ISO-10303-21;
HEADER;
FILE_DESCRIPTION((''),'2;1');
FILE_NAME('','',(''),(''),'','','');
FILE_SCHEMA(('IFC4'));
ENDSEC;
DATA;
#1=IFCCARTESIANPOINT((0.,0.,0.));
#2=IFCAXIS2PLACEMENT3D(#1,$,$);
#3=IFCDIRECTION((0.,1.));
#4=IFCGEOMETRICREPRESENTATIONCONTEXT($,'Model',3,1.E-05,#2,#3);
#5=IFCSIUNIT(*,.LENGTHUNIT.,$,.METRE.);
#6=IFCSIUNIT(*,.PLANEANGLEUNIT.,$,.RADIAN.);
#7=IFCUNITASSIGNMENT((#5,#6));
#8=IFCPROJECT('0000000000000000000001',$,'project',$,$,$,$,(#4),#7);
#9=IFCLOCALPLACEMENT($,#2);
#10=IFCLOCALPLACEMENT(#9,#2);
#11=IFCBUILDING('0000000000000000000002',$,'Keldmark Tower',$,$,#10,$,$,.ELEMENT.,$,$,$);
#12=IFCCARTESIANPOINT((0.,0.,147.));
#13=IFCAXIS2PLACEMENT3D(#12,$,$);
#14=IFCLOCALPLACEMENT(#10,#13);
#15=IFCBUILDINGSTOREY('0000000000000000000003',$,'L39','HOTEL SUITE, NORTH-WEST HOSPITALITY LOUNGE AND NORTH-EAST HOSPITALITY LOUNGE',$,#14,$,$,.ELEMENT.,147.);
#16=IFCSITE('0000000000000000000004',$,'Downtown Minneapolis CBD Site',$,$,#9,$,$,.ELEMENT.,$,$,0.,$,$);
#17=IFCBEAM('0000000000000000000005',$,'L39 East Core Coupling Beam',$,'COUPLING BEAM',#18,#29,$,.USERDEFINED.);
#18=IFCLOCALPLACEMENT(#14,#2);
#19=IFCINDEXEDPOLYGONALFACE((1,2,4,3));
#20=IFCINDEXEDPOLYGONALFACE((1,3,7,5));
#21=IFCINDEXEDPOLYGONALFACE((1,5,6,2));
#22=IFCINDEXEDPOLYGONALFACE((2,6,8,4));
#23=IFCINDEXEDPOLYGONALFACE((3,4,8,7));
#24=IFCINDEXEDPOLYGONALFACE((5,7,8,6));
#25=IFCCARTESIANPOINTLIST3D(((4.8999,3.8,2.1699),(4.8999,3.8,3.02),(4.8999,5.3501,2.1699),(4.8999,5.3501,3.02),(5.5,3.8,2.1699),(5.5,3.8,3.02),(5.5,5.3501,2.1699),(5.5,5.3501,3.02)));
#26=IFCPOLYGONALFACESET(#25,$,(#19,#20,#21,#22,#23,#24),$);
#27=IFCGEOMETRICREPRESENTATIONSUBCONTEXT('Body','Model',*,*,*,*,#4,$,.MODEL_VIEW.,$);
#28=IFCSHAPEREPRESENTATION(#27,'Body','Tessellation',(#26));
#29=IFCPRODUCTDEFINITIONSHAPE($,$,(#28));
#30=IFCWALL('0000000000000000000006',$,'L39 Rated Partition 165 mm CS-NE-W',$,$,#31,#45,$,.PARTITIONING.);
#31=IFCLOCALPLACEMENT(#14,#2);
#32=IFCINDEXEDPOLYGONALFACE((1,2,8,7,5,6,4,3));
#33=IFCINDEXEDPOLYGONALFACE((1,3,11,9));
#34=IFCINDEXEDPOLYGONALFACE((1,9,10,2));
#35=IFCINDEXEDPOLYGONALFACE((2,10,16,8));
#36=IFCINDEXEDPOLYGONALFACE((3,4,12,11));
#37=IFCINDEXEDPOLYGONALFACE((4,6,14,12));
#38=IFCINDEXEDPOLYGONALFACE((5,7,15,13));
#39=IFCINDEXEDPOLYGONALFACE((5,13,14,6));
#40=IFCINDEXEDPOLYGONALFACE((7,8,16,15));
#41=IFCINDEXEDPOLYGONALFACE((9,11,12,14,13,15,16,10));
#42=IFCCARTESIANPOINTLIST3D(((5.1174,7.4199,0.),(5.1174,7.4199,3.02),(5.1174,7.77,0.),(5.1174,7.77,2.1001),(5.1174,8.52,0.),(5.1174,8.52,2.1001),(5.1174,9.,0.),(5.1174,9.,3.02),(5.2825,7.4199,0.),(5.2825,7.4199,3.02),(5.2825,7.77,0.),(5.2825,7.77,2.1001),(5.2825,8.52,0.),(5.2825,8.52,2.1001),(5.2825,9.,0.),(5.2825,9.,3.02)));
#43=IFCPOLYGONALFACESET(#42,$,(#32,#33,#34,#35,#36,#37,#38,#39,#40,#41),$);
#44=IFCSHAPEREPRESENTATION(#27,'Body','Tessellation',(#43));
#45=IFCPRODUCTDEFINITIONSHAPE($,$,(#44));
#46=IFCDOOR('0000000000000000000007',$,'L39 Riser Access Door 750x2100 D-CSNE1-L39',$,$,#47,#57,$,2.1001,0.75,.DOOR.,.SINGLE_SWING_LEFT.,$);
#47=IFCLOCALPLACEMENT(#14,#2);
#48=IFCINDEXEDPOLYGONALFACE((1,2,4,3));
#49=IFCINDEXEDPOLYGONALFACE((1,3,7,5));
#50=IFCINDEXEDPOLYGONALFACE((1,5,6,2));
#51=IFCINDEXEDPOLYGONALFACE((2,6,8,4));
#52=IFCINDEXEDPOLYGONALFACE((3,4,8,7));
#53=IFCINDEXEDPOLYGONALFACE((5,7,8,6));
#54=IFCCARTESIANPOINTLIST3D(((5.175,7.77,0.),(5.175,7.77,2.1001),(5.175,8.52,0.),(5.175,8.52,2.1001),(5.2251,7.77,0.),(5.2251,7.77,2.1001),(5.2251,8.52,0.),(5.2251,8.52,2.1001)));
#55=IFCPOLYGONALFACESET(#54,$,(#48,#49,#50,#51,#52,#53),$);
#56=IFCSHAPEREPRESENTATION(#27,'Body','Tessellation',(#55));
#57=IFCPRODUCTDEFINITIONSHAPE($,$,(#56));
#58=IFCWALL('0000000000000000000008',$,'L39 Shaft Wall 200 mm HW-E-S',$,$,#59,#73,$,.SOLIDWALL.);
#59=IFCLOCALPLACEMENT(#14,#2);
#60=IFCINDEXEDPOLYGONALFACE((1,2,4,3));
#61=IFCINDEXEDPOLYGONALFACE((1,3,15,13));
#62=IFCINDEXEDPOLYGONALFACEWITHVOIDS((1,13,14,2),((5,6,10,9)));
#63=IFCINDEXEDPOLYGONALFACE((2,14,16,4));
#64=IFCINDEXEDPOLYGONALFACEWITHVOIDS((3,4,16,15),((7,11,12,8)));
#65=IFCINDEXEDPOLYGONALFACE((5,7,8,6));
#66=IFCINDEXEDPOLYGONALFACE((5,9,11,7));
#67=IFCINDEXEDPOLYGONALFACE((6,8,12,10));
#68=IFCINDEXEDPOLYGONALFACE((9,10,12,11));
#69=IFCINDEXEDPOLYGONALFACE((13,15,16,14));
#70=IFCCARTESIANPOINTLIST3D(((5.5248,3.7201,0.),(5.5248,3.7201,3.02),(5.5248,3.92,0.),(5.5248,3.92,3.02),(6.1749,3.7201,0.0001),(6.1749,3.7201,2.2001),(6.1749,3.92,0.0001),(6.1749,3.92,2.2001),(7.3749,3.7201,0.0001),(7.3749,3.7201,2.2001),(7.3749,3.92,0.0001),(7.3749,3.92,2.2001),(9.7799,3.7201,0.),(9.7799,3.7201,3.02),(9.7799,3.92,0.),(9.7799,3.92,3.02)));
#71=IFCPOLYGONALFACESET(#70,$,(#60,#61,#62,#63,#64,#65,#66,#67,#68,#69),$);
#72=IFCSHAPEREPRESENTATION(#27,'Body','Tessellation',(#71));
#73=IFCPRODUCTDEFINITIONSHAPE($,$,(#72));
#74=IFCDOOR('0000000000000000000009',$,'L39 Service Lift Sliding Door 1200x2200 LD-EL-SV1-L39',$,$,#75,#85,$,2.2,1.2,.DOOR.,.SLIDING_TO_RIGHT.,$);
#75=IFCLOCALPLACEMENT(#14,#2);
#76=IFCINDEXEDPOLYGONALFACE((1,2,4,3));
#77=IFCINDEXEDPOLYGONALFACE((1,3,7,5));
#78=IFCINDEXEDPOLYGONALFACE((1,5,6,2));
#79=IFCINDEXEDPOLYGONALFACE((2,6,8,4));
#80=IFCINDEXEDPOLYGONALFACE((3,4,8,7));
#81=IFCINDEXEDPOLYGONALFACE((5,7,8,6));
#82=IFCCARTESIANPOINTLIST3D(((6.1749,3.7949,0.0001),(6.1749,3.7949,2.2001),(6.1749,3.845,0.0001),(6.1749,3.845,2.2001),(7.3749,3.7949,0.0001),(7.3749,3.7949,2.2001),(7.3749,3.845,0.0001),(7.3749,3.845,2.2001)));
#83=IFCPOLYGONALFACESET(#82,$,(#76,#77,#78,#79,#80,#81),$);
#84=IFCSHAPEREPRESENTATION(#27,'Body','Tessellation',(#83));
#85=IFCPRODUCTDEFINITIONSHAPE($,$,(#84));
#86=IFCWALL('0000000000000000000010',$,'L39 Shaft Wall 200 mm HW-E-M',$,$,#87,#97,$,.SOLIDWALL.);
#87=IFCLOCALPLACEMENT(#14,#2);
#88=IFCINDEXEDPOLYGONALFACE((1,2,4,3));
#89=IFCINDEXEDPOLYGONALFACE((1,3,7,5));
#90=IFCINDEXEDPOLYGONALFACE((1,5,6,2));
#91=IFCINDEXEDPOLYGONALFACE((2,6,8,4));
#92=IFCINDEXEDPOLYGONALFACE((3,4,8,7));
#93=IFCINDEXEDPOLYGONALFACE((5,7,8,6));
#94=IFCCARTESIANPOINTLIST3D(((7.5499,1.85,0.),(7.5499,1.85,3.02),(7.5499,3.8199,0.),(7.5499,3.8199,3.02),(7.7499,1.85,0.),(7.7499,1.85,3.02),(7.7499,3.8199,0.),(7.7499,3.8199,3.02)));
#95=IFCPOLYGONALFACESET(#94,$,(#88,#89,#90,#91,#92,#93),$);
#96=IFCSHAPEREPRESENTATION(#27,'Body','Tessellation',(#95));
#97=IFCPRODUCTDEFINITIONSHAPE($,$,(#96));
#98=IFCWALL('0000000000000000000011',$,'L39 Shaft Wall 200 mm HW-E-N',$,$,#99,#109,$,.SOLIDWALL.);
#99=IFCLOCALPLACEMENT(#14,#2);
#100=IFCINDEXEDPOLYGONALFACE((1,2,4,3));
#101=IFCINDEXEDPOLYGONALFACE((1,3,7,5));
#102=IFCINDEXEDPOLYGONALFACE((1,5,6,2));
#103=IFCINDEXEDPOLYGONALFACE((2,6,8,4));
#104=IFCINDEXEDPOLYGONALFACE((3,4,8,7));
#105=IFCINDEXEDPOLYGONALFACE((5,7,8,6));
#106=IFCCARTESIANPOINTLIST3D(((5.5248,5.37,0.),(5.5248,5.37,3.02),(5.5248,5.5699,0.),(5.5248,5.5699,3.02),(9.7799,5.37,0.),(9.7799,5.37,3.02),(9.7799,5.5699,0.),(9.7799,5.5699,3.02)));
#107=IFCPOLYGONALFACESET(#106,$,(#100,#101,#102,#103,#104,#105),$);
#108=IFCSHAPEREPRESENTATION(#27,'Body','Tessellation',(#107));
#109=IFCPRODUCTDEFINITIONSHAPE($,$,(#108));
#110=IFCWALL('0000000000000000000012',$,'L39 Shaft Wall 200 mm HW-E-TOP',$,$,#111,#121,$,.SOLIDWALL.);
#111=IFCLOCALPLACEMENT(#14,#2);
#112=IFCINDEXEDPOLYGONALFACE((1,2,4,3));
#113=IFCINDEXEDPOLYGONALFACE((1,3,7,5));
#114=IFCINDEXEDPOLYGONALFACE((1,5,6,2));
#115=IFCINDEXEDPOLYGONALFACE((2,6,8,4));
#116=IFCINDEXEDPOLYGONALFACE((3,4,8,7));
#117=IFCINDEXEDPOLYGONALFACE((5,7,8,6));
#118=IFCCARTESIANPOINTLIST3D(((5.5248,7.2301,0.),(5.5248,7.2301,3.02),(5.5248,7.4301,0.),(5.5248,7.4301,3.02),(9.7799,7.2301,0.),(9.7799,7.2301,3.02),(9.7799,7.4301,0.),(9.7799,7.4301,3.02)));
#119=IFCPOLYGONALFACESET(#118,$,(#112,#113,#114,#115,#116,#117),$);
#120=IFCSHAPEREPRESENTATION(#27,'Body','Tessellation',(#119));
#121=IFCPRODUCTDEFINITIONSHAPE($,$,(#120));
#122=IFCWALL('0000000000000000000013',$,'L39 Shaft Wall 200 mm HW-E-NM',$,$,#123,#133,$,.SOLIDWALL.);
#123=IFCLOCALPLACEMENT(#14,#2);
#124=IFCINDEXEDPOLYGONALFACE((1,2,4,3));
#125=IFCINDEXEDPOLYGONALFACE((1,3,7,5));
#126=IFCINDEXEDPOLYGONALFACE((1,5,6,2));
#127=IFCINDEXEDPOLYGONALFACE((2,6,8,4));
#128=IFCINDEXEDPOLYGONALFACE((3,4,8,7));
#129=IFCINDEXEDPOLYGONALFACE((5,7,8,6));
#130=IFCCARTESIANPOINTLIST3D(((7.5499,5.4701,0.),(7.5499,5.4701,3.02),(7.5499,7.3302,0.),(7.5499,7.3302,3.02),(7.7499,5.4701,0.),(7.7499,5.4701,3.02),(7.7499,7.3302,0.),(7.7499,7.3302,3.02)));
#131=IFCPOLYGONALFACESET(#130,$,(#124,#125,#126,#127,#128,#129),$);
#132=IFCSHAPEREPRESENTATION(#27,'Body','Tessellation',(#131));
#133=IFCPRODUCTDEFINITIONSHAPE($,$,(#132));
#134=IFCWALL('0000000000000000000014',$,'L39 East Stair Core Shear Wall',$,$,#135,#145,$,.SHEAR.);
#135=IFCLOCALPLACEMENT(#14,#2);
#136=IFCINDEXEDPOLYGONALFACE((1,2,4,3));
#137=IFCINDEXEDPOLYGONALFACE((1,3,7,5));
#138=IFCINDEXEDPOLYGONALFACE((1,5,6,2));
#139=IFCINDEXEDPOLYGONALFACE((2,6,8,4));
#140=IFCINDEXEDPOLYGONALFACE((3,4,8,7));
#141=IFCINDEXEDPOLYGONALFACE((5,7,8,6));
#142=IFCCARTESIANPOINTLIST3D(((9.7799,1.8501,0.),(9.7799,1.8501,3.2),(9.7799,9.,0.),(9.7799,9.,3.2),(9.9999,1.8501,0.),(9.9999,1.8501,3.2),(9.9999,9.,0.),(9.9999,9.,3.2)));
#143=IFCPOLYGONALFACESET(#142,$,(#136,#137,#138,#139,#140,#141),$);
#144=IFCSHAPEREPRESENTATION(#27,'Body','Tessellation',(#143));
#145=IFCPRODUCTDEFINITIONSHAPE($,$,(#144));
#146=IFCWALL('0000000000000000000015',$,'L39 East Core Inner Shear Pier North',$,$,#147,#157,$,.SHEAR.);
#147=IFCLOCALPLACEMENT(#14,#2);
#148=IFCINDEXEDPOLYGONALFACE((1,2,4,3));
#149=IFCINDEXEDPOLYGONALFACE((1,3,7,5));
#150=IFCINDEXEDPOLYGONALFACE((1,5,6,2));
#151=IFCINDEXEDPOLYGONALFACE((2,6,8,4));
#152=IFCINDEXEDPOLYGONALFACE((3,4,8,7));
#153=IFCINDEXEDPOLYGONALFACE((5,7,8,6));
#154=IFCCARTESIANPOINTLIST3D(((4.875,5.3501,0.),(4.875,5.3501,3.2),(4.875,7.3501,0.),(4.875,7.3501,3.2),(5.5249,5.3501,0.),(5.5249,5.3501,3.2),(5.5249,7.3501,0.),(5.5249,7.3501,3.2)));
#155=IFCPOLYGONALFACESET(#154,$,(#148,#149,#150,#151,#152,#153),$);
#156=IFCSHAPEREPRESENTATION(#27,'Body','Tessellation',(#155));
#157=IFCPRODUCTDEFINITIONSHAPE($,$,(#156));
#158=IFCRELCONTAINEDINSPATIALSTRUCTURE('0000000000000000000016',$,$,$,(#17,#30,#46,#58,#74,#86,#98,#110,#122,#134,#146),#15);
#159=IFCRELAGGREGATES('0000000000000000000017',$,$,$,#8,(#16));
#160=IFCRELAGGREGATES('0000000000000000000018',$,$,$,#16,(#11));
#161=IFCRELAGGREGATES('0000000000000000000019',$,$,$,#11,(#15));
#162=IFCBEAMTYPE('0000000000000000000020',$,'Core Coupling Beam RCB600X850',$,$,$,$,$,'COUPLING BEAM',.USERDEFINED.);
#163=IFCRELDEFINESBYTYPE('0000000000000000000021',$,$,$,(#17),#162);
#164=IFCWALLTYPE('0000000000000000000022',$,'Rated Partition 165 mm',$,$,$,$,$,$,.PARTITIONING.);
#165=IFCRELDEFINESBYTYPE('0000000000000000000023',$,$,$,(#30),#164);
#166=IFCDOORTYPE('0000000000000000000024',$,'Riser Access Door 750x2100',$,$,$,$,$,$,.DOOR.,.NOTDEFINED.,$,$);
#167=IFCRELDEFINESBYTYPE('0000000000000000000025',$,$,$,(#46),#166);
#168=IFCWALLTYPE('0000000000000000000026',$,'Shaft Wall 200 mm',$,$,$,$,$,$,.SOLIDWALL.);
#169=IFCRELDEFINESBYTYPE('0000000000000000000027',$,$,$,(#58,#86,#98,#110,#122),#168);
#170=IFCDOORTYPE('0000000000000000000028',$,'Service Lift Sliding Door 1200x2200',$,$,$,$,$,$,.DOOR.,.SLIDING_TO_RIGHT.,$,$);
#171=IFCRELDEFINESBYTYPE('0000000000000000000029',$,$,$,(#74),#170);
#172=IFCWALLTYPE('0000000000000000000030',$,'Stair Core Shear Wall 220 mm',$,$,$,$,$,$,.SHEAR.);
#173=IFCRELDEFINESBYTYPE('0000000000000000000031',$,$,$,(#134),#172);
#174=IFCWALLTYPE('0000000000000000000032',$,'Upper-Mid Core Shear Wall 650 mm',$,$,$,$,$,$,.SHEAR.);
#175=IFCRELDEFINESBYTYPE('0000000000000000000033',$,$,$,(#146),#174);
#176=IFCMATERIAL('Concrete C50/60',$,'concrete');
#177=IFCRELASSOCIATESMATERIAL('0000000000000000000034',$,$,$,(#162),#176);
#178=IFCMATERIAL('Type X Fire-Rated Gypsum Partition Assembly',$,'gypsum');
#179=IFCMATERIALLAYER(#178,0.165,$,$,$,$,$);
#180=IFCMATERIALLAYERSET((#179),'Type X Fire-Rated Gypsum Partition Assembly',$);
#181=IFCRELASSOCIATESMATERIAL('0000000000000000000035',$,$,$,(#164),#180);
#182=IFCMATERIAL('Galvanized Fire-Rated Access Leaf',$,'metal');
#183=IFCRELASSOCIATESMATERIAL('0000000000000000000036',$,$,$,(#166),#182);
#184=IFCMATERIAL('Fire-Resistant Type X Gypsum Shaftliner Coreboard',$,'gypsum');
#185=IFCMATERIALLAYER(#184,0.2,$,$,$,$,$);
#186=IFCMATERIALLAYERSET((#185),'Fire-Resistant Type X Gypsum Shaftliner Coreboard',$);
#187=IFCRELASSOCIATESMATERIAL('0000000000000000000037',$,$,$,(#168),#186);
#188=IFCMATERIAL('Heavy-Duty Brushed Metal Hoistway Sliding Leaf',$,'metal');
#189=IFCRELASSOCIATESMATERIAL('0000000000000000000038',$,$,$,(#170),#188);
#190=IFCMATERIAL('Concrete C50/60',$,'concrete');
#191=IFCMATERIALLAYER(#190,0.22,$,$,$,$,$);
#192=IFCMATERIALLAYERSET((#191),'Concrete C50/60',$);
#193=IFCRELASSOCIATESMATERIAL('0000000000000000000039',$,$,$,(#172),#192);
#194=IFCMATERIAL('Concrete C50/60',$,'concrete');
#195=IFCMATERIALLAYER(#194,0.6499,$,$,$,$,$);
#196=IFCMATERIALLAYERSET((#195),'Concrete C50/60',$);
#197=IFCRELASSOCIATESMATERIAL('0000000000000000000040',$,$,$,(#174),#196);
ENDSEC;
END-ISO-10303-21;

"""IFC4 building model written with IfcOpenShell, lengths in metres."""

from ifc_helpers import new_model, si_unit, direction, frame, frame_2d, origin, origin_2d, place, context, subcontext, project, spatial, rectangle, extrude, material, layer, layer_set, material_profile, profile_set, type_object, element, fill, save


model = new_model("IFC4")

# Units and contexts
model_context = context("Model", 3, precision=1e-05, world=origin(), true_north=direction((0.0, 1.0)))
body_context = subcontext(model_context, "Body", "Model", "MODEL_VIEW")
ifc_project = project(units=[si_unit("LENGTHUNIT", "METRE"), si_unit("PLANEANGLEUNIT", "RADIAN")], contexts=[model_context])

# Site, building, storey
site_placement = place(None, origin())
site = spatial("IfcSite", under=ifc_project, at=site_placement, Name="Downtown Minneapolis CBD Site", CompositionType="ELEMENT", RefElevation=0.0)
building_placement = place(site_placement, origin())
building = spatial("IfcBuilding", under=site, at=building_placement, Name="Keldmark Tower", CompositionType="ELEMENT")
storey_placement = place(building_placement, frame((0.0, 0.0, 147.0)))
storey = spatial("IfcBuildingStorey", under=building, at=storey_placement, Name="L39", Description="HOTEL SUITE, NORTH-WEST HOSPITALITY LOUNGE AND NORTH-EAST HOSPITALITY LOUNGE", CompositionType="ELEMENT", Elevation=147.0)

# Beam
ifc_material_1 = material(Name="Concrete C50/60", Category="concrete")
ifc_material_profile = material_profile(ifc_material_1, rectangle(XDim=0.6001, YDim=0.8501, at=origin_2d()), Name="RCB600X850")
ifc_profile_set = profile_set([ifc_material_profile], Name="Concrete C50/60")
beam_type = type_object("IfcBeamType", Name="Core Coupling Beam RCB600X850", ElementType="COUPLING BEAM", PredefinedType="USERDEFINED", material=ifc_profile_set)
beam_placement = place(storey_placement, frame((5.2, 3.8, 2.595), z_axis=(0.0, 1.0, 0.0), x_axis=(-1.0, 0.0, 0.0)))
element("IfcBeam", 1, at=beam_placement, inside=storey, type_object=beam_type, Name="L39 East Core Coupling Beam", ObjectType="COUPLING BEAM", PredefinedType="USERDEFINED", context=body_context, shape_type="SweptSolid", body=[
    extrude(rectangle(XDim=0.6001, YDim=0.8501, at=origin_2d()), origin(), (0.0, 0.0, 1.0), 1.55),
])

# Walls, openings, doors
ifc_material_2 = material(Name="Type X Fire-Rated Gypsum Partition Assembly", Category="gypsum")
ifc_layer_1 = layer(ifc_material_2, 0.165)
ifc_layer_set_1 = layer_set([ifc_layer_1], Name="Type X Fire-Rated Gypsum Partition Assembly")
wall_type_1 = type_object("IfcWallType", Name="Rated Partition 165 mm", PredefinedType="PARTITIONING", material=ifc_layer_set_1)
wall_1_placement = place(storey_placement, frame((5.2, 7.4199, 0.0), z_axis=(0.0, 0.0, 1.0), x_axis=(0.0, 1.0, 0.0)))
wall_1 = element("IfcWall", 2, at=wall_1_placement, inside=storey, type_object=wall_type_1, Name="L39 Rated Partition 165 mm CS-NE-W", PredefinedType="PARTITIONING", context=body_context, shape_type="SweptSolid", body=[
    extrude(rectangle(XDim=1.5801, YDim=0.165, at=frame_2d((0.79, 0.0))), origin(), (0.0, 0.0, 1.0), 3.02),
])
opening_1_placement = place(wall_1_placement, frame((0.3501, 0.0, 0.0)))
opening_1 = element("IfcOpeningElement", 3, at=opening_1_placement, cuts=wall_1, PredefinedType="OPENING", context=body_context, shape_type="SweptSolid", body=[
    extrude(rectangle(XDim=0.75, YDim=2.1001, at=frame_2d((0.375, 1.05))), frame((0.0, 0.0925, 0.0), z_axis=(0.0, -1.0, 0.0), x_axis=(1.0, 0.0, 0.0)), (0.0, 0.0, 1.0), 0.1851),
])
ifc_material_3 = material(Name="Galvanized Fire-Rated Access Leaf", Category="metal")
door_type_1 = type_object("IfcDoorType", Name="Riser Access Door 750x2100", OperationType="NOTDEFINED", PredefinedType="DOOR", material=ifc_material_3)
door_1_placement = place(opening_1_placement, origin())
door_1 = element("IfcDoor", 4, at=door_1_placement, inside=storey, type_object=door_type_1, Name="L39 Riser Access Door 750x2100 D-CSNE1-L39", OperationType="SINGLE_SWING_LEFT", OverallHeight=2.1001, OverallWidth=0.75, PredefinedType="DOOR", context=body_context, shape_type="SweptSolid", body=[
    extrude(rectangle(XDim=0.75, YDim=2.1001, at=frame_2d((0.375, 1.05))), frame((0.0, 0.0249, 0.0), z_axis=(0.0, -1.0, 0.0), x_axis=(1.0, 0.0, 0.0)), (0.0, 0.0, 1.0), 0.05),
])
fill(opening_1, door_1)
ifc_material_4 = material(Name="Fire-Resistant Type X Gypsum Shaftliner Coreboard", Category="gypsum")
ifc_layer_2 = layer(ifc_material_4, 0.2)
ifc_layer_set_2 = layer_set([ifc_layer_2], Name="Fire-Resistant Type X Gypsum Shaftliner Coreboard")
wall_type_2 = type_object("IfcWallType", Name="Shaft Wall 200 mm", PredefinedType="SOLIDWALL", material=ifc_layer_set_2)
wall_2_placement = place(storey_placement, frame((5.5249, 3.8201, 0.0), z_axis=(0.0, 0.0, 1.0), x_axis=(1.0, 0.0, 0.0)))
wall_2 = element("IfcWall", 5, at=wall_2_placement, inside=storey, type_object=wall_type_2, Name="L39 Shaft Wall 200 mm HW-E-S", PredefinedType="SOLIDWALL", context=body_context, shape_type="SweptSolid", body=[
    extrude(rectangle(XDim=4.2551, YDim=0.2, at=frame_2d((2.1274, 0.0))), origin(), (0.0, 0.0, 1.0), 3.02),
])
opening_2_placement = place(wall_2_placement, frame((0.6499, 0.0, 0.0)))
opening_2 = element("IfcOpeningElement", 6, at=opening_2_placement, cuts=wall_2, PredefinedType="OPENING", context=body_context, shape_type="SweptSolid", body=[
    extrude(rectangle(XDim=1.2, YDim=2.2, at=frame_2d((0.6001, 1.1001))), frame((0.0, 0.1099, 0.0), z_axis=(0.0, -1.0, 0.0), x_axis=(1.0, 0.0, 0.0)), (0.0, 0.0, 1.0), 0.22),
])
ifc_material_5 = material(Name="Heavy-Duty Brushed Metal Hoistway Sliding Leaf", Category="metal")
door_type_2 = type_object("IfcDoorType", Name="Service Lift Sliding Door 1200x2200", OperationType="SLIDING_TO_RIGHT", PredefinedType="DOOR", material=ifc_material_5)
door_2_placement = place(opening_2_placement, origin())
door_2 = element("IfcDoor", 7, at=door_2_placement, inside=storey, type_object=door_type_2, Name="L39 Service Lift Sliding Door 1200x2200 LD-EL-SV1-L39", OperationType="SLIDING_TO_RIGHT", OverallHeight=2.2, OverallWidth=1.2, PredefinedType="DOOR", context=body_context, shape_type="SweptSolid", body=[
    extrude(rectangle(XDim=1.2, YDim=2.2, at=frame_2d((0.6001, 1.1001))), frame((0.0, 0.0249, 0.0), z_axis=(0.0, -1.0, 0.0), x_axis=(1.0, 0.0, 0.0)), (0.0, 0.0, 1.0), 0.05),
])
fill(opening_2, door_2)

# Walls
wall_3_placement = place(storey_placement, frame((7.6499, 1.8501, 0.0), z_axis=(0.0, 0.0, 1.0), x_axis=(0.0, 1.0, 0.0)))
element("IfcWall", 8, at=wall_3_placement, inside=storey, type_object=wall_type_2, Name="L39 Shaft Wall 200 mm HW-E-M", PredefinedType="SOLIDWALL", context=body_context, shape_type="SweptSolid", body=[
    extrude(rectangle(XDim=1.97, YDim=0.2, at=frame_2d((0.9849, 0.0))), origin(), (0.0, 0.0, 1.0), 3.02),
])
for number, where, z_axis, x_axis, name in (
    (9, (5.5249, 5.47, 0.0), (0.0, 0.0, 1.0), (1.0, 0.0, 0.0), "L39 Shaft Wall 200 mm HW-E-N"),
    (10, (5.5249, 7.3301, 0.0), (0.0, 0.0, 1.0), (1.0, 0.0, 0.0), "L39 Shaft Wall 200 mm HW-E-TOP"),
):
    element("IfcWall", number, at=place(storey_placement, frame(where, z_axis=z_axis, x_axis=x_axis)), inside=storey, type_object=wall_type_2, Name=name, PredefinedType="SOLIDWALL", context=body_context, shape_type="SweptSolid", body=[
        extrude(rectangle(XDim=4.2551, YDim=0.2, at=frame_2d((2.1274, 0.0))), origin(), (0.0, 0.0, 1.0), 3.02),
    ])
wall_4_placement = place(storey_placement, frame((7.6499, 5.47, 0.0), z_axis=(0.0, 0.0, 1.0), x_axis=(0.0, 1.0, 0.0)))
element("IfcWall", 11, at=wall_4_placement, inside=storey, type_object=wall_type_2, Name="L39 Shaft Wall 200 mm HW-E-NM", PredefinedType="SOLIDWALL", context=body_context, shape_type="SweptSolid", body=[
    extrude(rectangle(XDim=1.8601, YDim=0.2, at=frame_2d((0.9302, 0.0))), origin(), (0.0, 0.0, 1.0), 3.02),
])
ifc_material_6 = material(Name="Concrete C50/60", Category="concrete")
ifc_layer_3 = layer(ifc_material_6, 0.22)
ifc_layer_set_3 = layer_set([ifc_layer_3], Name="Concrete C50/60")
wall_type_3 = type_object("IfcWallType", Name="Stair Core Shear Wall 220 mm", PredefinedType="SHEAR", material=ifc_layer_set_3)
wall_5_placement = place(storey_placement, frame((9.8899, 1.8501, 0.0), z_axis=(0.0, 0.0, 1.0), x_axis=(0.0, 1.0, 0.0)))
element("IfcWall", 12, at=wall_5_placement, inside=storey, type_object=wall_type_3, Name="L39 East Stair Core Shear Wall", PredefinedType="SHEAR", context=body_context, shape_type="SweptSolid", body=[
    extrude(rectangle(XDim=7.1499, YDim=0.22, at=frame_2d((3.575, 0.0))), origin(), (0.0, 0.0, 1.0), 3.2),
])
ifc_material_7 = material(Name="Concrete C50/60", Category="concrete")
ifc_layer_4 = layer(ifc_material_7, 0.6499)
ifc_layer_set_4 = layer_set([ifc_layer_4], Name="Concrete C50/60")
wall_type_4 = type_object("IfcWallType", Name="Upper-Mid Core Shear Wall 650 mm", PredefinedType="SHEAR", material=ifc_layer_set_4)
wall_6_placement = place(storey_placement, frame((5.2, 5.3501, 0.0), z_axis=(0.0, 0.0, 1.0), x_axis=(0.0, 1.0, 0.0)))
element("IfcWall", 13, at=wall_6_placement, inside=storey, type_object=wall_type_4, Name="L39 East Core Inner Shear Pier North", PredefinedType="SHEAR", context=body_context, shape_type="SweptSolid", body=[
    extrude(rectangle(XDim=2.0, YDim=0.6499, at=frame_2d((1.0, 0.0))), origin(), (0.0, 0.0, 1.0), 3.2),
])

save(model, "model.ifc")
